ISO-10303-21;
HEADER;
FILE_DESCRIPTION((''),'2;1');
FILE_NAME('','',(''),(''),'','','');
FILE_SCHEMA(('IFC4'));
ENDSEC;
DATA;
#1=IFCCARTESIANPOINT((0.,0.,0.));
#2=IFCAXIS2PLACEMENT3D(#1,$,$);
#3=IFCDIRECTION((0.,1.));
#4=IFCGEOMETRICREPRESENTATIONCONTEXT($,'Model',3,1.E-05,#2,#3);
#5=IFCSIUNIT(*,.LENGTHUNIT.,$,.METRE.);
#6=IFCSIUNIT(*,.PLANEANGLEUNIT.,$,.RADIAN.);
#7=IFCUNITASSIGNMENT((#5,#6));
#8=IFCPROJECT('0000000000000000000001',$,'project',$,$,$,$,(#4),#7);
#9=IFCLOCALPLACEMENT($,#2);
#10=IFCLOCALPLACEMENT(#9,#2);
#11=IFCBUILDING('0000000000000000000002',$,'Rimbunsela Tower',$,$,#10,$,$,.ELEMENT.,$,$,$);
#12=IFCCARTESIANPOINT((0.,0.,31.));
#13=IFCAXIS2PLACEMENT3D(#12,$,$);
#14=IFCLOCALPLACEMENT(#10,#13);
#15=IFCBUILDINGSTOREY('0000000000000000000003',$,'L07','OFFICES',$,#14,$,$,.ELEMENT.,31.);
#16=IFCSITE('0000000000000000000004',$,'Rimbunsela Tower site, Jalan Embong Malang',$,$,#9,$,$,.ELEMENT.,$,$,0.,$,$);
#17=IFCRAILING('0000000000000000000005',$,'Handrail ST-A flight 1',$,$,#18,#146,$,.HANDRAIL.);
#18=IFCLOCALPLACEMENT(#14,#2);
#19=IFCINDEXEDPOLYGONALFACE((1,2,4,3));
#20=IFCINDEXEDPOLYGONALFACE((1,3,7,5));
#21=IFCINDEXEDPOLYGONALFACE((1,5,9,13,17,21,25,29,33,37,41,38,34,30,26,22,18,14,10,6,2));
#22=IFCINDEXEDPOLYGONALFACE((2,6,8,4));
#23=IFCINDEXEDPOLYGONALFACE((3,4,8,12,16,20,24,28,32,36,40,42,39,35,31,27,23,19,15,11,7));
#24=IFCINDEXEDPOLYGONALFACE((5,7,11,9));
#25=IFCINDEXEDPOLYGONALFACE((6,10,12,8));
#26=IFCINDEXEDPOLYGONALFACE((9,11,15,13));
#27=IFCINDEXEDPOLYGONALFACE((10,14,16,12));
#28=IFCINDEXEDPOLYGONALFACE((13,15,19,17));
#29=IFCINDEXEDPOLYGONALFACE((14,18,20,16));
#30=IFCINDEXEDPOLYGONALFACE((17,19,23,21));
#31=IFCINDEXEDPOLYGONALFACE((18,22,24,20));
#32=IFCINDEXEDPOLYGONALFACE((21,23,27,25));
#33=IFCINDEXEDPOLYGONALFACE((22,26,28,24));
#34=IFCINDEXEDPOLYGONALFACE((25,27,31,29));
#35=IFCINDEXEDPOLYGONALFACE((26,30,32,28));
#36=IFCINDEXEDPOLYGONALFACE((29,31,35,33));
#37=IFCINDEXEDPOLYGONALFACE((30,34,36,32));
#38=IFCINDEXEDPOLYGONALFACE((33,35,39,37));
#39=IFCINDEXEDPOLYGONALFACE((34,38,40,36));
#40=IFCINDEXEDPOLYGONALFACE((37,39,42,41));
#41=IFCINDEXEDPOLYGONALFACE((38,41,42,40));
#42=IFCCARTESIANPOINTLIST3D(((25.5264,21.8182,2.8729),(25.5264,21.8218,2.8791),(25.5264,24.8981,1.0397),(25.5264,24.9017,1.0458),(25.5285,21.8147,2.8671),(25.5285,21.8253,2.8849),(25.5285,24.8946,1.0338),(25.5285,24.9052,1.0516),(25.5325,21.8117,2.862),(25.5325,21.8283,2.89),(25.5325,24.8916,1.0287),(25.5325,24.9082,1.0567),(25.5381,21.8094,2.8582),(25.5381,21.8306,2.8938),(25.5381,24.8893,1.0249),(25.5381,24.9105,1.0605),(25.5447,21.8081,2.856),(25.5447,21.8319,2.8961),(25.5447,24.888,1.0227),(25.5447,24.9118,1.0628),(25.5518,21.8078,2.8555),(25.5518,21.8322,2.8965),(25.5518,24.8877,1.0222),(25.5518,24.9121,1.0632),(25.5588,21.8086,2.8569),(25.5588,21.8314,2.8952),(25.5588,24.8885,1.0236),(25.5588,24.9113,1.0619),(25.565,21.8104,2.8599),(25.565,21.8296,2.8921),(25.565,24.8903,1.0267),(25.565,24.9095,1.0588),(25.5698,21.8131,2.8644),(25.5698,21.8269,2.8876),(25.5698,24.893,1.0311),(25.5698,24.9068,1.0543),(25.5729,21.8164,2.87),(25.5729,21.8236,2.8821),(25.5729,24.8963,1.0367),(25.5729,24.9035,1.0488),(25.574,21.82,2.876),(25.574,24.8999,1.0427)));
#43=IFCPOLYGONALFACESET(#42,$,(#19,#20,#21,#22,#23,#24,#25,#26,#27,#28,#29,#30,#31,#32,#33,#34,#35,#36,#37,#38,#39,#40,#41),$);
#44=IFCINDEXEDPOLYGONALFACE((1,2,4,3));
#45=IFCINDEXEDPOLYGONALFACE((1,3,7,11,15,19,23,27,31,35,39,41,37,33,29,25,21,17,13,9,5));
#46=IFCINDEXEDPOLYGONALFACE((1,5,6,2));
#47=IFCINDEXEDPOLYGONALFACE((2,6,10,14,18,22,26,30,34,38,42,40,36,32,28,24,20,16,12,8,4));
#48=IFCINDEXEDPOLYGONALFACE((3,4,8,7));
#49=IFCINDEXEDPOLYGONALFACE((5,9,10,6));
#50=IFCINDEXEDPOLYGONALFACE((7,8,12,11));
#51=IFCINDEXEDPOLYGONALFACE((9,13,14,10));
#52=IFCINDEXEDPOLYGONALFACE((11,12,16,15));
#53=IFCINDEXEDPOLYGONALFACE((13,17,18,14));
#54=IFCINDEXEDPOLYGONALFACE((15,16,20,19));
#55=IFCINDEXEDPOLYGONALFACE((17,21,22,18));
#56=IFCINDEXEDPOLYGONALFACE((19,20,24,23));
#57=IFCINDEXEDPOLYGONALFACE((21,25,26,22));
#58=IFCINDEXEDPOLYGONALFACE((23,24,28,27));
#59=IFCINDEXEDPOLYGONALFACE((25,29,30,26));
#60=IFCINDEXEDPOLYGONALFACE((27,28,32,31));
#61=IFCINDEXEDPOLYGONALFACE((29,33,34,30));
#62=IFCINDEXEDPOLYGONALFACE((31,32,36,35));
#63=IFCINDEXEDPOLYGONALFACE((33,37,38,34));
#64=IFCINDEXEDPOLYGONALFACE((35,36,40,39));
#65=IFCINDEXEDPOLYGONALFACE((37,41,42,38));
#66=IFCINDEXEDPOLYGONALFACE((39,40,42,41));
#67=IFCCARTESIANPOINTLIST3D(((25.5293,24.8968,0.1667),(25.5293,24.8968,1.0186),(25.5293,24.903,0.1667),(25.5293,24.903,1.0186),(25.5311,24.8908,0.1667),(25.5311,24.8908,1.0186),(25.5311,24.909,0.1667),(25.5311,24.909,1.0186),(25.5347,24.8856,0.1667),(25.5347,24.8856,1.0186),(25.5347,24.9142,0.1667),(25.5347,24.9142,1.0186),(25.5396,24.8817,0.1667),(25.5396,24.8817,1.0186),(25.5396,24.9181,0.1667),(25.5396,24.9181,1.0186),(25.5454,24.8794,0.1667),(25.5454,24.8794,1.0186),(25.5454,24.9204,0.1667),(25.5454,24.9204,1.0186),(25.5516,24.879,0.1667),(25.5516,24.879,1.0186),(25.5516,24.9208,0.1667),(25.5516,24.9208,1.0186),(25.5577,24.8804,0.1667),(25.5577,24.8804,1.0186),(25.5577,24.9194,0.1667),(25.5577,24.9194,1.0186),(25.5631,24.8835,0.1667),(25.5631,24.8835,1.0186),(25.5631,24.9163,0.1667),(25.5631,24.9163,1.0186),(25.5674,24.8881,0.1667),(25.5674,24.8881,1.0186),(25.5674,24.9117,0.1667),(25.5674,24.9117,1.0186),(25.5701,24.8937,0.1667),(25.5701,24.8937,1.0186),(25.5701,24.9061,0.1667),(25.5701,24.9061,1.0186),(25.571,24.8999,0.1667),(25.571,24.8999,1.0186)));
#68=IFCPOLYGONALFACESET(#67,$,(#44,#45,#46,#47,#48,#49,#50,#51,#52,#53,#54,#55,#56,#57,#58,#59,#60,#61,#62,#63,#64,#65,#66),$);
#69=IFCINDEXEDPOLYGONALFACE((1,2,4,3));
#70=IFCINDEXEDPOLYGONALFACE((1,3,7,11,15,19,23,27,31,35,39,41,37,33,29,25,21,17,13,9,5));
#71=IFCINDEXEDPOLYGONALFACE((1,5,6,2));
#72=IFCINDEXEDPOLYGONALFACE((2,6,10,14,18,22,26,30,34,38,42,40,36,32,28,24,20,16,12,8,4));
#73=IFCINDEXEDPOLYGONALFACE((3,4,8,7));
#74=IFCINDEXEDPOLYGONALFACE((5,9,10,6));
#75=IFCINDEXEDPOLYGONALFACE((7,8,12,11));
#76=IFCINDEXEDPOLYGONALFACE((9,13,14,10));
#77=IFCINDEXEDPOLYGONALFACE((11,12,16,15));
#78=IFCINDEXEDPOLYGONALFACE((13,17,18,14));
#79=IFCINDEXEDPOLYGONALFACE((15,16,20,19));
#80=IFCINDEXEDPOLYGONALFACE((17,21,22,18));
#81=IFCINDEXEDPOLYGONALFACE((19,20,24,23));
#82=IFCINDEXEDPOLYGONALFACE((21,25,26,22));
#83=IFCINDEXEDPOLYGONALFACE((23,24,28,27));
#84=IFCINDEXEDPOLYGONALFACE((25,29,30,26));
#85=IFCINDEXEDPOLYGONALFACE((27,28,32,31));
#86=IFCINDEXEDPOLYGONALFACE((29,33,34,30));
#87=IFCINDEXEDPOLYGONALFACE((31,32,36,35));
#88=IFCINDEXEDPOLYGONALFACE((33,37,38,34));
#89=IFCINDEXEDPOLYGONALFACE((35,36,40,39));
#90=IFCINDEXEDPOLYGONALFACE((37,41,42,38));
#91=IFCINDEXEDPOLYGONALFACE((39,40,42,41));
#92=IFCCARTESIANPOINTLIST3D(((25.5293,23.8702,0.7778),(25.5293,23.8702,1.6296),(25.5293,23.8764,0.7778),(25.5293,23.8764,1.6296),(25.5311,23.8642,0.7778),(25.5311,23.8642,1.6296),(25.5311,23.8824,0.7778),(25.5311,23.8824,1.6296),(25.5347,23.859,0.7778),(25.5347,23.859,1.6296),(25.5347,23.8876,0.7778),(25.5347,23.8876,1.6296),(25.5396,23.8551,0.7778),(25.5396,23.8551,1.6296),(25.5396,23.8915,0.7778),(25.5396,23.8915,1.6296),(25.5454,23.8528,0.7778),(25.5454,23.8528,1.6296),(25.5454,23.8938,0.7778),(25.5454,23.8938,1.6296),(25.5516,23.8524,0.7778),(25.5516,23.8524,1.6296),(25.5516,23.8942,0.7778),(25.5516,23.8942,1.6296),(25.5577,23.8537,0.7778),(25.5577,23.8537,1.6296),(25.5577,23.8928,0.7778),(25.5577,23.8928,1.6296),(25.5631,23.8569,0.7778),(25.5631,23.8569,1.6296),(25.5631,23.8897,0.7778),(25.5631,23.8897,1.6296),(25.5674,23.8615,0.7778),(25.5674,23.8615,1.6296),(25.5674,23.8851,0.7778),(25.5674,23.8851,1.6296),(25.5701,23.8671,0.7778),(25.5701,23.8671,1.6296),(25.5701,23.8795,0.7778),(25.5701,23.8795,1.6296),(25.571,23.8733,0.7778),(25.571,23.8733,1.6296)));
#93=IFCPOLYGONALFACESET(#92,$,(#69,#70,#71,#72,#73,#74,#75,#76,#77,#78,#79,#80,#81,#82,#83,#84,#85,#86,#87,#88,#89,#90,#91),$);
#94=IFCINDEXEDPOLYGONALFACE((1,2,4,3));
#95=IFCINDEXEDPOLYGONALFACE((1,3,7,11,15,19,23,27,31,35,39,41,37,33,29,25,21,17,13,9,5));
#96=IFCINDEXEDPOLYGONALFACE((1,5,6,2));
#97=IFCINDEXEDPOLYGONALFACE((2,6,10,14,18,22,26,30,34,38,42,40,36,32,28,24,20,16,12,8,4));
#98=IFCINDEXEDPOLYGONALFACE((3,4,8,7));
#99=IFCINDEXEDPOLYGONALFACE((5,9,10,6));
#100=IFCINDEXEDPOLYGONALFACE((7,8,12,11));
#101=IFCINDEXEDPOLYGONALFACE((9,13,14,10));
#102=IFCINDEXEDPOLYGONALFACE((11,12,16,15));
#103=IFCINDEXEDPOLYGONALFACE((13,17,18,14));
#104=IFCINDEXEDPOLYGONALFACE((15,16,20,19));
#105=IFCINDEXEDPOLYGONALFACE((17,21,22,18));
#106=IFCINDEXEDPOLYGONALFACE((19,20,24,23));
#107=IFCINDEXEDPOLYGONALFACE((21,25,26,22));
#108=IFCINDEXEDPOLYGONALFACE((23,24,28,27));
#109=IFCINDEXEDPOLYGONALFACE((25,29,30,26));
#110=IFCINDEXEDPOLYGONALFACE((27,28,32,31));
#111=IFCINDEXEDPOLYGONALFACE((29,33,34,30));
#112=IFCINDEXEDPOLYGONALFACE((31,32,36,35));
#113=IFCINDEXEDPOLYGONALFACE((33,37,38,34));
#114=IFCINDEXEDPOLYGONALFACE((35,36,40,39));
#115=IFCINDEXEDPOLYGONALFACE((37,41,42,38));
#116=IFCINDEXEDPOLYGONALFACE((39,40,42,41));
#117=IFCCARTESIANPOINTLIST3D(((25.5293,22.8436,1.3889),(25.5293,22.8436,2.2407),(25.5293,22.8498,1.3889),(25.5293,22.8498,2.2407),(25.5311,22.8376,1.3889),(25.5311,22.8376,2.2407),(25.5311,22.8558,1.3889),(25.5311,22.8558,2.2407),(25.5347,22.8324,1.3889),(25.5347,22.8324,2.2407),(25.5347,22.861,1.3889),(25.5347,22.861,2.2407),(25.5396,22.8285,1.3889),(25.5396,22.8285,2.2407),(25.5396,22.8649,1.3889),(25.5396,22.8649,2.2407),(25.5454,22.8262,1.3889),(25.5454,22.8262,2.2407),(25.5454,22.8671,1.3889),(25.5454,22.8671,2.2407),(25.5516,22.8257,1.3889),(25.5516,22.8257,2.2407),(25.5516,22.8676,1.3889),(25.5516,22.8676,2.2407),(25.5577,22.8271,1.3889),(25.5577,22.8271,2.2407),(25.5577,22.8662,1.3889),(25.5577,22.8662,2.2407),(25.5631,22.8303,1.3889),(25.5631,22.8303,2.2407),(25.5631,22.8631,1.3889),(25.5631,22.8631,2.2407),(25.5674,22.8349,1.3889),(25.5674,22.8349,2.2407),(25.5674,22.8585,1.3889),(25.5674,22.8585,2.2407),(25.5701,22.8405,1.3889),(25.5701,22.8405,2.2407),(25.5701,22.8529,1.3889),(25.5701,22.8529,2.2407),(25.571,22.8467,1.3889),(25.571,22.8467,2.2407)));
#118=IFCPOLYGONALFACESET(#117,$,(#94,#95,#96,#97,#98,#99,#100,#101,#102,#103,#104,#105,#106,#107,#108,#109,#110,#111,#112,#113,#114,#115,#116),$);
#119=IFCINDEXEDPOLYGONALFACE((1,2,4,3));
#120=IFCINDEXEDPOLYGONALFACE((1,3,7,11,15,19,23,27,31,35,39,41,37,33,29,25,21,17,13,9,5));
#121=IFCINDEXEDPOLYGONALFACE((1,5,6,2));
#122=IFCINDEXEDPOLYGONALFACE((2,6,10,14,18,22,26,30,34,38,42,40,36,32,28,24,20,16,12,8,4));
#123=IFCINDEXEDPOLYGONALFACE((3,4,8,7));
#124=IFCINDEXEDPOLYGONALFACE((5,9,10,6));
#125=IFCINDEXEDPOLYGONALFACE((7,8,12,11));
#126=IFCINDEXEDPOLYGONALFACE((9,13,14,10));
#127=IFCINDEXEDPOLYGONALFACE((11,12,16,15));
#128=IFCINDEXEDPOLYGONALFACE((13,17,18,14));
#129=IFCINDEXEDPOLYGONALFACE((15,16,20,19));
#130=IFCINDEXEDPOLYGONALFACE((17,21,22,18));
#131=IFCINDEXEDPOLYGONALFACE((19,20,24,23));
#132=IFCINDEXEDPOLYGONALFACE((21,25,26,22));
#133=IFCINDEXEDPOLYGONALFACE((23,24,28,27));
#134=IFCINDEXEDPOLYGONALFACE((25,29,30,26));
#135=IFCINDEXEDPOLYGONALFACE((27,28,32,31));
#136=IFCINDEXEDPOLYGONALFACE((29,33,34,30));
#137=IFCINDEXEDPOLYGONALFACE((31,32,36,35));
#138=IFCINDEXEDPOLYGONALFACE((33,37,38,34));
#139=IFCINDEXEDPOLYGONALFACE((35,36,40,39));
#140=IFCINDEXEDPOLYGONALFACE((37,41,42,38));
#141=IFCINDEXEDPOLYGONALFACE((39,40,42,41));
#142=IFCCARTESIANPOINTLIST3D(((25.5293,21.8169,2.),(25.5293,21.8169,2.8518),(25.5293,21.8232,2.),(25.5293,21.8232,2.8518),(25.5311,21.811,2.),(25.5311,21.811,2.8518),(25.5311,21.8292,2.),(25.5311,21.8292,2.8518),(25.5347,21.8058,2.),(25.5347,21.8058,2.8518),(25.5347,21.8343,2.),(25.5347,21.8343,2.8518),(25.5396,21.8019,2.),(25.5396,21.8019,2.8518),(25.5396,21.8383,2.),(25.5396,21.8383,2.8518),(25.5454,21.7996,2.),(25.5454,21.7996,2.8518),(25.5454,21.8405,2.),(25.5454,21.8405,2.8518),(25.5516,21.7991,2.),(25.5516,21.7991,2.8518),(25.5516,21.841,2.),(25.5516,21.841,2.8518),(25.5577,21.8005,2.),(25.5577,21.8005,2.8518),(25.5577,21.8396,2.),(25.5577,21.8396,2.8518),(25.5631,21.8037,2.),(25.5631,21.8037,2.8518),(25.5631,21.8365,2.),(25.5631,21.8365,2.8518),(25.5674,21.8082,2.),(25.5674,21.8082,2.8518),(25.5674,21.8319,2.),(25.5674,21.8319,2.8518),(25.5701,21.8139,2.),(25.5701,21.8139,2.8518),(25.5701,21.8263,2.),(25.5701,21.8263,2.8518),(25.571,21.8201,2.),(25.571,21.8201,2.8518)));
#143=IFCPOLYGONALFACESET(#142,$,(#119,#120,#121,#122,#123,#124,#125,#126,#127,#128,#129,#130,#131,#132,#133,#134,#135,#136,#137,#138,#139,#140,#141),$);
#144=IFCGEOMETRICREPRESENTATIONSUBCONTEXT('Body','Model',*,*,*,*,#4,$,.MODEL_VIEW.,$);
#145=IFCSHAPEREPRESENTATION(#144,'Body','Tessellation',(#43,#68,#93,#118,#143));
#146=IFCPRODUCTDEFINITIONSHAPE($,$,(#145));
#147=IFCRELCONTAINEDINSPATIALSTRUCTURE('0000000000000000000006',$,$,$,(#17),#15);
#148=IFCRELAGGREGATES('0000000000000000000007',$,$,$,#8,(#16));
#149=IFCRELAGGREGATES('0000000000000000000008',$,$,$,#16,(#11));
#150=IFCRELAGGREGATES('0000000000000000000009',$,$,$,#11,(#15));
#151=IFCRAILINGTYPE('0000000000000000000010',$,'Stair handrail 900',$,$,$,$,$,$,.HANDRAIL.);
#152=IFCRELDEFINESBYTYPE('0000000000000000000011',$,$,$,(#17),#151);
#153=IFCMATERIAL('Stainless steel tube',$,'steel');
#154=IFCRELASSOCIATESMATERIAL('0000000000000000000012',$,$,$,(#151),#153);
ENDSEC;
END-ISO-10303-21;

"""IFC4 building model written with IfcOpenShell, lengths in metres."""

from ifc_helpers import new_model, si_unit, direction, frame, origin, origin_2d, place, context, subcontext, project, spatial, circle, extrude, material, type_object, element, save


model = new_model("IFC4")

# Units and contexts
model_context = context("Model", 3, precision=1e-05, world=origin(), true_north=direction((0.0, 1.0)))
body_context = subcontext(model_context, "Body", "Model", "MODEL_VIEW")
ifc_project = project(units=[si_unit("LENGTHUNIT", "METRE"), si_unit("PLANEANGLEUNIT", "RADIAN")], contexts=[model_context])

# Site, building, storey
site_placement = place(None, origin())
site = spatial("IfcSite", under=ifc_project, at=site_placement, Name="Rimbunsela Tower site, Jalan Embong Malang", CompositionType="ELEMENT", RefElevation=0.0)
building_placement = place(site_placement, origin())
building = spatial("IfcBuilding", under=site, at=building_placement, Name="Rimbunsela Tower", CompositionType="ELEMENT")
storey_placement = place(building_placement, frame((0.0, 0.0, 31.0)))
storey = spatial("IfcBuildingStorey", under=building, at=storey_placement, Name="L07", Description="OFFICES", CompositionType="ELEMENT", Elevation=31.0)

# Railing
ifc_material_1 = material(Name="Stainless steel tube", Category="steel")
railing_type = type_object("IfcRailingType", Name="Stair handrail 900", PredefinedType="HANDRAIL", material=ifc_material_1)
railing_1_placement = place(storey_placement, frame((25.55, 24.8999, 0.1667)))
element("IfcRailing", 1, at=railing_1_placement, inside=storey, type_object=railing_type, Name="Handrail ST-A flight 1", PredefinedType="HANDRAIL", context=body_context, shape_type="SweptSolid", body=[
    extrude(circle(Radius=0.0239, at=origin_2d()), frame((0.0, 0.0, 0.876), z_axis=(0.0, -0.859291, 0.511487), x_axis=(1.0, 0.0, 0.0)), (0.0, 0.0, 1.0), 3.5842),
    extrude(circle(Radius=0.021, at=origin_2d()), origin(), (0.0, 0.0, 1.0), 0.8518),
    extrude(circle(Radius=0.021, at=origin_2d()), frame((0.0, -1.0266, 0.6111)), (0.0, 0.0, 1.0), 0.8518),
    extrude(circle(Radius=0.021, at=origin_2d()), frame((0.0, -2.0532, 1.2222)), (0.0, 0.0, 1.0), 0.8518),
    extrude(circle(Radius=0.021, at=origin_2d()), frame((0.0, -3.0798, 1.8333)), (0.0, 0.0, 1.0), 0.8518),
])

save(model, "model.ifc")
